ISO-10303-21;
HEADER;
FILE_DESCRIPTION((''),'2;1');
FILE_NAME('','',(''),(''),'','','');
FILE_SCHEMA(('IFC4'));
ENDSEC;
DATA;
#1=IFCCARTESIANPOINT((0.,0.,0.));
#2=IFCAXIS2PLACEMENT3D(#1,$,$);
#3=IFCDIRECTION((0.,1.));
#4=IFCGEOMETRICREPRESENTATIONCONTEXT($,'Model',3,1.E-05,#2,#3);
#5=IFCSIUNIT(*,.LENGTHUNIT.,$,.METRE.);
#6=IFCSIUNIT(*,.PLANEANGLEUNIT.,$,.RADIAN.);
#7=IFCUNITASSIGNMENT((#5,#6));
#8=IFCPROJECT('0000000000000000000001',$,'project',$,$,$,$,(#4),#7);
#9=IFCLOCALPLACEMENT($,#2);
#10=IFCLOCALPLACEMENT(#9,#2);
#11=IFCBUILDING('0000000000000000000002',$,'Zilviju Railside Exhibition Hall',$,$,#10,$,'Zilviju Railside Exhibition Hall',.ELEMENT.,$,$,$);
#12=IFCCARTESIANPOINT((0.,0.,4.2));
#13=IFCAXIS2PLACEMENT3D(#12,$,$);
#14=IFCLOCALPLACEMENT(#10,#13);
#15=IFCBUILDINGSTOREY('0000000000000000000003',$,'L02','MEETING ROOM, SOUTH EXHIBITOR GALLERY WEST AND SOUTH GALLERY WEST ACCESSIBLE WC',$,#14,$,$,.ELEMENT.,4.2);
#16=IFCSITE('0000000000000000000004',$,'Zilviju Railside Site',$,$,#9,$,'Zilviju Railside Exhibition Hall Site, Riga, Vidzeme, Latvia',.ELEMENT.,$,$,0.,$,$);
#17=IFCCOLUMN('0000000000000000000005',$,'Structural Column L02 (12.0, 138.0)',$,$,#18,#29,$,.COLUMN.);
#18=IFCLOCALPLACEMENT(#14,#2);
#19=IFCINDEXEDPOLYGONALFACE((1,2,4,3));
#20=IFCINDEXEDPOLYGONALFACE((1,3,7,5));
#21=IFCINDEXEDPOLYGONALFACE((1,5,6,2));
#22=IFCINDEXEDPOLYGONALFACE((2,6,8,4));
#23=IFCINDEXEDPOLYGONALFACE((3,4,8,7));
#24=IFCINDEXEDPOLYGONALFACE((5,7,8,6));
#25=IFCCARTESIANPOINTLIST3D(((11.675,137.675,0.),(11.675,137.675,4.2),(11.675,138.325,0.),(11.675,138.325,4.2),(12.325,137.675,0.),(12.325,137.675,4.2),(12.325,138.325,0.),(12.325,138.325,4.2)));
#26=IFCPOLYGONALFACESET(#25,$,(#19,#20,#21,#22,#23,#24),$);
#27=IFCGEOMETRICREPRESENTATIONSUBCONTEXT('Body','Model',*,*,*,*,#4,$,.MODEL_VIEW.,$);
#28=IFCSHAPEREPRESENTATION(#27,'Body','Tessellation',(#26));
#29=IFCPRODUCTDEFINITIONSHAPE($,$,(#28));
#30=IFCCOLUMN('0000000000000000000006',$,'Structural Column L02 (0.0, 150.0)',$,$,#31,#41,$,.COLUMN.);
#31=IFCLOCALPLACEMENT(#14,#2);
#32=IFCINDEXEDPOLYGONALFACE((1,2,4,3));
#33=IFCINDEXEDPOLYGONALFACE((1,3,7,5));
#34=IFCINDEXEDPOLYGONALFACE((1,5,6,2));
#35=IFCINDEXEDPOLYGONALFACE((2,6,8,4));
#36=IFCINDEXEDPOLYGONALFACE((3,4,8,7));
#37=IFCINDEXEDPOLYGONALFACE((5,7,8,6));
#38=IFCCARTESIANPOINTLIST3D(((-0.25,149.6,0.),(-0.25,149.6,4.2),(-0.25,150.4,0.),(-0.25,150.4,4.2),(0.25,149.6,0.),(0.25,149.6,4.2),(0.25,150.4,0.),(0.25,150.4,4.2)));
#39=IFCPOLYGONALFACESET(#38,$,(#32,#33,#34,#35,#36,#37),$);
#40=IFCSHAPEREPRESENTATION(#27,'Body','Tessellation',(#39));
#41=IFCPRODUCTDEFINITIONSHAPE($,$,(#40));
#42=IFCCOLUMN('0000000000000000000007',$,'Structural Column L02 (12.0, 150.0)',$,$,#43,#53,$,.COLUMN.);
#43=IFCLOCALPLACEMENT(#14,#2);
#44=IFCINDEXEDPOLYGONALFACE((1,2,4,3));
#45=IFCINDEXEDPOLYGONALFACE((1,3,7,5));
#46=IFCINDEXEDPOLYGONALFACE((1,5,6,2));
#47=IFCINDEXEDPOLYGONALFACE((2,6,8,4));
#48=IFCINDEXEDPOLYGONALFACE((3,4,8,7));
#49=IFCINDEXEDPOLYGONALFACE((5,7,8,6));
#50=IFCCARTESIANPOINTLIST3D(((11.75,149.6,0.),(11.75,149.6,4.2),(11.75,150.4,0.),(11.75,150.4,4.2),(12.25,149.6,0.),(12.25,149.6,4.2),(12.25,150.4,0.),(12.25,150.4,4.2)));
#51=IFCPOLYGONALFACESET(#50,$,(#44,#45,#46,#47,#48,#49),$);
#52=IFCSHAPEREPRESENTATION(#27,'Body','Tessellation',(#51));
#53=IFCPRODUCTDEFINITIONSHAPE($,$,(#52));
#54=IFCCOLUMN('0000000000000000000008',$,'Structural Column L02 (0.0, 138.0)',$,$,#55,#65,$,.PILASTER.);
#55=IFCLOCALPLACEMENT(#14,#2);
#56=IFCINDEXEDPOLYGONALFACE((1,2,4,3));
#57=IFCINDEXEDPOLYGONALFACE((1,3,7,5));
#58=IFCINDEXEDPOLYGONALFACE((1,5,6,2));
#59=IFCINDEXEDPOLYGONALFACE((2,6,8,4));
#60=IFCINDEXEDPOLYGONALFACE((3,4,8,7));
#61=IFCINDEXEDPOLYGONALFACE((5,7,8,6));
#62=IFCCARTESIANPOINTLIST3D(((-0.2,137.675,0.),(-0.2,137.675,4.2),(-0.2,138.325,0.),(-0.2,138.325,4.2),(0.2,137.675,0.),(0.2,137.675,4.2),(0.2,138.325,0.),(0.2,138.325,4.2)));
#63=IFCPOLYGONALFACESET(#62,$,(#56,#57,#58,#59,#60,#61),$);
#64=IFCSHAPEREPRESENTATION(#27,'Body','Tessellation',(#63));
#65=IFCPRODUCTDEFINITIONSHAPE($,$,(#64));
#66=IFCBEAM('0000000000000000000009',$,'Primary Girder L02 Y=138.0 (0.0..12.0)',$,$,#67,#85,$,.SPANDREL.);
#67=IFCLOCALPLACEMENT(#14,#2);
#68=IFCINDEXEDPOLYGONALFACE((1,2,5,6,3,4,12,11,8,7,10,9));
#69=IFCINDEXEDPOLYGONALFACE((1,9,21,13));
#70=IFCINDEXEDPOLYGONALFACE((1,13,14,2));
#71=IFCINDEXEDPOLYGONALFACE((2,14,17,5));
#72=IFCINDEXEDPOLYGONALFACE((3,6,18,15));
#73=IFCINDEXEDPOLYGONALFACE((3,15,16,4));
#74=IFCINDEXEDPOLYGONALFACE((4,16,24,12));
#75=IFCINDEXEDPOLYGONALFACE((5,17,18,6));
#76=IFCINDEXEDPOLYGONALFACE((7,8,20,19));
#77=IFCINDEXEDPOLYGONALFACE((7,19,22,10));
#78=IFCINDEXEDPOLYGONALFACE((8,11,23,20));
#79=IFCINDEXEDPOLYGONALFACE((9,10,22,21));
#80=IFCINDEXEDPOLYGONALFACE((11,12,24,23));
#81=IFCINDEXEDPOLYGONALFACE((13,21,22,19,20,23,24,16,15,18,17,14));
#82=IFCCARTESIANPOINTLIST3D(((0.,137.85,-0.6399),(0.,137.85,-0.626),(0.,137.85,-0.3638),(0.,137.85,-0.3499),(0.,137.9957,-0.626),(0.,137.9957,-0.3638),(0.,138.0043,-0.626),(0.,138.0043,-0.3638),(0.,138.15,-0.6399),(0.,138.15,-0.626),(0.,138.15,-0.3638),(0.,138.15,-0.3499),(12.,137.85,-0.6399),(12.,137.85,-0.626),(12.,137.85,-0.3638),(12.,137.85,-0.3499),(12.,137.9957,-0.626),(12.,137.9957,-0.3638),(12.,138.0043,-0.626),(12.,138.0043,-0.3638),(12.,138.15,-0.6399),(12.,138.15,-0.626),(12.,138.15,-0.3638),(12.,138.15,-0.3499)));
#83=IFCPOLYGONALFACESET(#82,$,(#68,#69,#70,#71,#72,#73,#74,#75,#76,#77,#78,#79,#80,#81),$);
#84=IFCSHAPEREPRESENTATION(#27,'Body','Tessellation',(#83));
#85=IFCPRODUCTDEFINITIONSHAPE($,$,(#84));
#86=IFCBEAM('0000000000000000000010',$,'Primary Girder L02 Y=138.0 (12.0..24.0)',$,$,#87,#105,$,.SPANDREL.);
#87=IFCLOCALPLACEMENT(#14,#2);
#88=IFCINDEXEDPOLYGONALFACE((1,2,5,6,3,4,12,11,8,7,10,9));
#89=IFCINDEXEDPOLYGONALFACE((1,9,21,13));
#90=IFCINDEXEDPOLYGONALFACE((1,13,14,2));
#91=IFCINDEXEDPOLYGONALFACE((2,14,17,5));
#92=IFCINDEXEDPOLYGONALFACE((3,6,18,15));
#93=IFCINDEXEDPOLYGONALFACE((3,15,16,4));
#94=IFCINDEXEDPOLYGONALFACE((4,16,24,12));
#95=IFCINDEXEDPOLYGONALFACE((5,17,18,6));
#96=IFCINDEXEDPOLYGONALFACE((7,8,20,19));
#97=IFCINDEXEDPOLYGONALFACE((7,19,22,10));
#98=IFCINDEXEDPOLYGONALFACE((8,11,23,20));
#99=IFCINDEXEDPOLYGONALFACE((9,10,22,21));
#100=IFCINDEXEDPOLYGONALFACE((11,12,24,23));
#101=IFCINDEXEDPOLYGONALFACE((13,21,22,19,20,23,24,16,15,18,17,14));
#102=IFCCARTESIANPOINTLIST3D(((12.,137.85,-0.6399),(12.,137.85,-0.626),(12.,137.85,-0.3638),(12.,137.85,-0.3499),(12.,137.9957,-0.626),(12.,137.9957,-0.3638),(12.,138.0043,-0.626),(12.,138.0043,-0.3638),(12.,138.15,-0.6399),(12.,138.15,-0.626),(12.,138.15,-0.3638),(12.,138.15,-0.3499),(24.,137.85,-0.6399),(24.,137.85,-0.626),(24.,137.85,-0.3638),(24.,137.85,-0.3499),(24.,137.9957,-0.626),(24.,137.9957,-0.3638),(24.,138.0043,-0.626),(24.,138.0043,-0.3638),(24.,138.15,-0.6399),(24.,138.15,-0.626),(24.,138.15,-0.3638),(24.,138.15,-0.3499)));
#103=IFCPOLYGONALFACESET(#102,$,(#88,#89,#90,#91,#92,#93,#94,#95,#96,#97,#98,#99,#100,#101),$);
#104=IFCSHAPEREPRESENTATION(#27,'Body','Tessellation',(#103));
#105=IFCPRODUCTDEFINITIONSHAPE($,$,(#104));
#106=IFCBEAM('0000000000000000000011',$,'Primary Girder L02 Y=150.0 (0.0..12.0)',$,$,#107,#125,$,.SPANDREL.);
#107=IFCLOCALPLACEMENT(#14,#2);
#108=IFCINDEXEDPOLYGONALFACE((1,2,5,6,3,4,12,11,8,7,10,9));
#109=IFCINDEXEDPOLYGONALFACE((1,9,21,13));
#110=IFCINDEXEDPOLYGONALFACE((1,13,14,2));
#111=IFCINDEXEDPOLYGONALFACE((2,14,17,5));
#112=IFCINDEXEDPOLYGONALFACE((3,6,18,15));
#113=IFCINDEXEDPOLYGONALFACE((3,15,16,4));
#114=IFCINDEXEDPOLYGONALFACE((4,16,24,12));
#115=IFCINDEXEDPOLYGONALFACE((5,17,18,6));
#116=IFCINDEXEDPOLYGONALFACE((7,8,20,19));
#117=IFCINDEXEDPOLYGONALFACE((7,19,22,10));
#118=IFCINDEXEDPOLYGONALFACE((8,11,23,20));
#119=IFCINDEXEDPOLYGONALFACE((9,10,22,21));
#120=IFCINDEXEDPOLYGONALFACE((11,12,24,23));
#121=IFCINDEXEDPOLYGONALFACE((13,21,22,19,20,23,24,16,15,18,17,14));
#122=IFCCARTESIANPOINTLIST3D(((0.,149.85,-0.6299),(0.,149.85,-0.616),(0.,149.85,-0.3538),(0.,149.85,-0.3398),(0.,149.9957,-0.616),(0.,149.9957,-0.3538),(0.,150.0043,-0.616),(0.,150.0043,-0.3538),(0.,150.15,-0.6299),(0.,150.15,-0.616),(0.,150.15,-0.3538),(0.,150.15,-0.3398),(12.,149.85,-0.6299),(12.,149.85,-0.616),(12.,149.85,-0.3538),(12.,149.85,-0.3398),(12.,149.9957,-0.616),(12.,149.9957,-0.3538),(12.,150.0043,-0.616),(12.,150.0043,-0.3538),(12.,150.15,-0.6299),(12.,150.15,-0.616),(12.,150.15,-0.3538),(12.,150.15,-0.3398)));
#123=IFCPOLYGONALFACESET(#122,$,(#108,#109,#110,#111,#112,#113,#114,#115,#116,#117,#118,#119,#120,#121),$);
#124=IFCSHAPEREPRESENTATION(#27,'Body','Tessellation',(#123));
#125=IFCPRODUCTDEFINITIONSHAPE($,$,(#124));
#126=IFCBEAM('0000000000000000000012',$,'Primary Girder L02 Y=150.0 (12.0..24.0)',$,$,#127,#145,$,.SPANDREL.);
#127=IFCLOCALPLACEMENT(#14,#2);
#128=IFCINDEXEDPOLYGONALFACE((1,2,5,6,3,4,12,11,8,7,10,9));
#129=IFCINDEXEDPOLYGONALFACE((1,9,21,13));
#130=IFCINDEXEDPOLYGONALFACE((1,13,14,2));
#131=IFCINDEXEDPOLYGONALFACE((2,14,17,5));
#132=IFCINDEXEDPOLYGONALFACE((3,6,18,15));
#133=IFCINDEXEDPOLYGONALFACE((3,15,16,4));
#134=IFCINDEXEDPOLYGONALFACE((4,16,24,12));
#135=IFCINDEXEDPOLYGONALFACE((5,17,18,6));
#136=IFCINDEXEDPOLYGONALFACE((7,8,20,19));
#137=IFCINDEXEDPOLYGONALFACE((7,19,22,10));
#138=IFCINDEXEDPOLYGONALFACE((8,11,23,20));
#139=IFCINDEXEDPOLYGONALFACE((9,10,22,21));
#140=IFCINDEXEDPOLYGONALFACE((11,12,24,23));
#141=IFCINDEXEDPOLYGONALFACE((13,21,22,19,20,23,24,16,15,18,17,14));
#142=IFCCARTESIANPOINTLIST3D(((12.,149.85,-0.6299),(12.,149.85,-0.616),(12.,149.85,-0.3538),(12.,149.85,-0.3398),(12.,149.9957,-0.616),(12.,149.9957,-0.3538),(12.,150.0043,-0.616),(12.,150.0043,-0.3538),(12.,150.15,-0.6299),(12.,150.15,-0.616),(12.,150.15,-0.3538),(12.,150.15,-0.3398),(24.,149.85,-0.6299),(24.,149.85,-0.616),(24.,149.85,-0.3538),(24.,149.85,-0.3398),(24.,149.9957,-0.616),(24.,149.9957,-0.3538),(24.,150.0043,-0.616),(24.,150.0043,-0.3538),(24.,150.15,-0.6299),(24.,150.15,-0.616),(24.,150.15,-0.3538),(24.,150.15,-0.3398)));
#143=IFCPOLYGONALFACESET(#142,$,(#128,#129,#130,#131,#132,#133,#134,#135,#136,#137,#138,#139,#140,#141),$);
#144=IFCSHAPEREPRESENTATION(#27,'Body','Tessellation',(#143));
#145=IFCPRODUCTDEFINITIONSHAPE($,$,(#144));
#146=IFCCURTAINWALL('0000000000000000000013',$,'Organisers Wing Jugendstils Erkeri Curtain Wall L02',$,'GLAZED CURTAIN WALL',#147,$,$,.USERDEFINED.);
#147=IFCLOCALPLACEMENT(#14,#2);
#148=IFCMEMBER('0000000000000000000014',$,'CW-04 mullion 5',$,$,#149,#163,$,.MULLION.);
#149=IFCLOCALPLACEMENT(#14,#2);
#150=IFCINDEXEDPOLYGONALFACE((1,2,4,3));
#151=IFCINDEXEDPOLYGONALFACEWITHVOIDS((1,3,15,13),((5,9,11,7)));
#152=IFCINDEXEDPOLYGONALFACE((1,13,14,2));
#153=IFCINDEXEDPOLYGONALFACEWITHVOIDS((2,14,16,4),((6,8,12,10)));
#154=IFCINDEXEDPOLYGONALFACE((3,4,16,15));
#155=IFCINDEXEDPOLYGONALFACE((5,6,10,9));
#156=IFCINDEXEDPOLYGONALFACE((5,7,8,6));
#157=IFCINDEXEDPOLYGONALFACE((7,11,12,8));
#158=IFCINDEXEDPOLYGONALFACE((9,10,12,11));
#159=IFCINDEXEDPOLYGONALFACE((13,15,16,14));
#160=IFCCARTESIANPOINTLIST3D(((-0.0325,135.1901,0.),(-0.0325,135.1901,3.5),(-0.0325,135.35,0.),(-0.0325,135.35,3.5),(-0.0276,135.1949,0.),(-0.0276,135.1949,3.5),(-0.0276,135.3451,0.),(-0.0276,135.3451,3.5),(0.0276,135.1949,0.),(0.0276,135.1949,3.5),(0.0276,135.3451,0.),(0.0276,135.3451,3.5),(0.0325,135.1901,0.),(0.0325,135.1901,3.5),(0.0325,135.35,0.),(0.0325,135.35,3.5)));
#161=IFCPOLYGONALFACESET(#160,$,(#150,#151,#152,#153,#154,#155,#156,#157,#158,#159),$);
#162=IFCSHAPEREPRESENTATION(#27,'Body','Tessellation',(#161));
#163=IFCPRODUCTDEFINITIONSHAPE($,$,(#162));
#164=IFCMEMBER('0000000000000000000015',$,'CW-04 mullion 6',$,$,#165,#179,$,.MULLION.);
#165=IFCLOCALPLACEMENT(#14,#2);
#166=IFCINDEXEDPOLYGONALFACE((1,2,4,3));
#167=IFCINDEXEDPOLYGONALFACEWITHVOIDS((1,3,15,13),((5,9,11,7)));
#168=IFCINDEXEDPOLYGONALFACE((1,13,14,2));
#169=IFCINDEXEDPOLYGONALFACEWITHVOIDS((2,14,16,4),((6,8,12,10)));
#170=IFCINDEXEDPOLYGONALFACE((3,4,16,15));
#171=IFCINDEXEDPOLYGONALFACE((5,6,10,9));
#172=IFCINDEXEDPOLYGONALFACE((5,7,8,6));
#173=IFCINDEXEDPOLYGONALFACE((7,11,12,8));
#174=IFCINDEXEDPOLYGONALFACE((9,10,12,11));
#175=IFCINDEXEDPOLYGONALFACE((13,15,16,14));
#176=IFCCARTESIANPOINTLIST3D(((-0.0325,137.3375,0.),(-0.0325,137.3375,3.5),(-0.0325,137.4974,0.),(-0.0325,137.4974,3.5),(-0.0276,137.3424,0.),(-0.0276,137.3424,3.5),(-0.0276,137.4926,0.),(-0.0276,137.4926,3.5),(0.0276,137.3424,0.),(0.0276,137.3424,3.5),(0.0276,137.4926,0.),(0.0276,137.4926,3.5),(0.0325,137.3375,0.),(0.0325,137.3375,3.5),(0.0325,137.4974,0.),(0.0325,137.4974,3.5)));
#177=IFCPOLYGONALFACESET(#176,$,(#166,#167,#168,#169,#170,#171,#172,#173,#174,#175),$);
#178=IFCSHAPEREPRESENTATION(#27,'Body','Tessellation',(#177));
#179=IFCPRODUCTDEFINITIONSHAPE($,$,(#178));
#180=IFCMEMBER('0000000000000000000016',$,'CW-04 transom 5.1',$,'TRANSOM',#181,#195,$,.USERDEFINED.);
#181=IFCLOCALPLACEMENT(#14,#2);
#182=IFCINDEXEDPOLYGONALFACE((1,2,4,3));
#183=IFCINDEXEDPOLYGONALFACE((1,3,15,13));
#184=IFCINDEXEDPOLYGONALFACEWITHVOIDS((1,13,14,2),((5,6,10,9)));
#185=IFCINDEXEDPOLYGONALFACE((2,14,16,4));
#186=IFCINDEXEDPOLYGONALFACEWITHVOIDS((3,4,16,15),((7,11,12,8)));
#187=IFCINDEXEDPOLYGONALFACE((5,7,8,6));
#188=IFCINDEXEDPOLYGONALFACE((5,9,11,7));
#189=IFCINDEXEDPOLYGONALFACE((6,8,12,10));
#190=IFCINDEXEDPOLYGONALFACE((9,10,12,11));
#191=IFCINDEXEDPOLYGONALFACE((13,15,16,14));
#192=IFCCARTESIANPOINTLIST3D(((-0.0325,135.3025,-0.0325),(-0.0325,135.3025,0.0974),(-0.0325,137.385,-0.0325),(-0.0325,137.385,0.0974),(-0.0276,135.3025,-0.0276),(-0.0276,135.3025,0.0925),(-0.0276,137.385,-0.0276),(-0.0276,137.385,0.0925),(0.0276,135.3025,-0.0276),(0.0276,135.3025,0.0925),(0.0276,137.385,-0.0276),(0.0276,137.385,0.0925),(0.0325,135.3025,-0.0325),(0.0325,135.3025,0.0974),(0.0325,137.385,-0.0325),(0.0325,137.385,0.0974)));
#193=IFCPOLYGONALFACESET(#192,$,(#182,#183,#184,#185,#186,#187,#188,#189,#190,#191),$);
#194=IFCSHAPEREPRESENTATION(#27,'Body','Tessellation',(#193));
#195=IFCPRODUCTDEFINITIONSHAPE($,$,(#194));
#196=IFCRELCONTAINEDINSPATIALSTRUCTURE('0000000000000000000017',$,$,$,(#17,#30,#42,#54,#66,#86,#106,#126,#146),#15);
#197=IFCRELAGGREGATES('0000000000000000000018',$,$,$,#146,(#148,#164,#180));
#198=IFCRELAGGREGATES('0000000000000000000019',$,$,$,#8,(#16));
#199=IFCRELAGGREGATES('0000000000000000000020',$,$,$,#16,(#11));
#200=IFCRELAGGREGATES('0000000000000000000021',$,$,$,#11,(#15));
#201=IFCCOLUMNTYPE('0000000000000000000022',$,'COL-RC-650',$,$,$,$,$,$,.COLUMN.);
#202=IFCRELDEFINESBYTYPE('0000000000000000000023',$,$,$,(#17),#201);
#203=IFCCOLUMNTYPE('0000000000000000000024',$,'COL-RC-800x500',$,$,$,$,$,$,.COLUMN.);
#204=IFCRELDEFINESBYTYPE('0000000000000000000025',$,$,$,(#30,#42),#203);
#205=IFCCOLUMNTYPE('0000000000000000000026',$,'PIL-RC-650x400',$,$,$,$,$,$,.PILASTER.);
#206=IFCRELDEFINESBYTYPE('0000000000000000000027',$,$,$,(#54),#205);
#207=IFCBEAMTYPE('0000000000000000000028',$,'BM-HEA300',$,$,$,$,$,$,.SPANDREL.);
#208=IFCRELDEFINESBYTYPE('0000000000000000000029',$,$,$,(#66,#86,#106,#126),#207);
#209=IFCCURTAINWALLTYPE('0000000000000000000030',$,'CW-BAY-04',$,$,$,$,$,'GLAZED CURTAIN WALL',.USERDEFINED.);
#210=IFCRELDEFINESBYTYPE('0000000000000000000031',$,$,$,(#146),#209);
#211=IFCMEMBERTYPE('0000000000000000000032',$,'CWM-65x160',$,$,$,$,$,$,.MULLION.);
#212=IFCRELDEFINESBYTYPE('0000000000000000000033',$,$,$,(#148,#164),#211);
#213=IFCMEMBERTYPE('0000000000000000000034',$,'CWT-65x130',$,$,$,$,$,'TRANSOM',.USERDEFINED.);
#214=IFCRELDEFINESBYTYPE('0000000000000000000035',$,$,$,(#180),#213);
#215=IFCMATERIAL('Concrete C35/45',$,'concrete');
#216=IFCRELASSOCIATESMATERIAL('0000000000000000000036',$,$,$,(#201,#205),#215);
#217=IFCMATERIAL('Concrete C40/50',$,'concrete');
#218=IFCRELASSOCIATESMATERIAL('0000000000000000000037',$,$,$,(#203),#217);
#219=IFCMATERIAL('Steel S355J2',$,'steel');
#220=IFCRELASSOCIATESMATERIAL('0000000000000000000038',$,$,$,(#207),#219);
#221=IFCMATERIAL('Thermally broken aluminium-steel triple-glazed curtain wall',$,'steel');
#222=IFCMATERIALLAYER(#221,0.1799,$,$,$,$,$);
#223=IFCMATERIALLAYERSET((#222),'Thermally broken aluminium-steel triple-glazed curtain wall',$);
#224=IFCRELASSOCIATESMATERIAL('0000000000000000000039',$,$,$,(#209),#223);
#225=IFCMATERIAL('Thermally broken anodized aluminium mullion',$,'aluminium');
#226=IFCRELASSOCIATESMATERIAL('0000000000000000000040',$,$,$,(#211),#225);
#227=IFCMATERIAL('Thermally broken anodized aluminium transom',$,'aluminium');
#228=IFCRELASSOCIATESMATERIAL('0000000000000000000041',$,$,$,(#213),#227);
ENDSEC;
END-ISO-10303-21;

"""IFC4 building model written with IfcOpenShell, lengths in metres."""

from ifc_helpers import new_model, si_unit, direction, frame, origin, origin_2d, place, context, subcontext, project, spatial, rectangle, hollow_rectangle, i_section, extrude, material, layer, layer_set, material_profile, profile_set, type_object, element, aggregate, save


model = new_model("IFC4")

# Units and contexts
model_context = context("Model", 3, precision=1e-05, world=origin(), true_north=direction((0.0, 1.0)))
body_context = subcontext(model_context, "Body", "Model", "MODEL_VIEW")
ifc_project = project(units=[si_unit("LENGTHUNIT", "METRE"), si_unit("PLANEANGLEUNIT", "RADIAN")], contexts=[model_context])

# Site, building, storey
site_placement = place(None, origin())
site = spatial("IfcSite", under=ifc_project, at=site_placement, Name="Zilviju Railside Site", LongName="Zilviju Railside Exhibition Hall Site, Riga, Vidzeme, Latvia", CompositionType="ELEMENT", RefElevation=0.0)
building_placement = place(site_placement, origin())
building = spatial("IfcBuilding", under=site, at=building_placement, Name="Zilviju Railside Exhibition Hall", LongName="Zilviju Railside Exhibition Hall", CompositionType="ELEMENT")
storey_placement = place(building_placement, frame((0.0, 0.0, 4.2)))
storey = spatial("IfcBuildingStorey", under=building, at=storey_placement, Name="L02", Description="MEETING ROOM, SOUTH EXHIBITOR GALLERY WEST AND SOUTH GALLERY WEST ACCESSIBLE WC", CompositionType="ELEMENT", Elevation=4.2)

# Columns
ifc_material_1 = material(Name="Concrete C35/45", Category="concrete")
ifc_material_profile_1 = material_profile(ifc_material_1, rectangle(XDim=0.6499, YDim=0.6499, at=origin_2d()), Name="RC COL 650x650")
ifc_profile_set_1 = profile_set([ifc_material_profile_1], Name="Concrete C35/45")
column_type_1 = type_object("IfcColumnType", Name="COL-RC-650", PredefinedType="COLUMN", material=ifc_profile_set_1)
column_1_placement = place(storey_placement, frame((12.0, 138.0, 0.0), z_axis=(0.0, 0.0, 1.0), x_axis=(1.0, 0.0, 0.0)))
element("IfcColumn", 1, at=column_1_placement, inside=storey, type_object=column_type_1, Name="Structural Column L02 (12.0, 138.0)", PredefinedType="COLUMN", context=body_context, shape_type="SweptSolid", body=[
    extrude(rectangle(XDim=0.6499, YDim=0.6499, at=origin_2d()), origin(), (0.0, 0.0, 1.0), 4.2),
])
ifc_material_2 = material(Name="Concrete C40/50", Category="concrete")
ifc_material_profile_2 = material_profile(ifc_material_2, rectangle(XDim=0.5, YDim=0.8, at=origin_2d()), Name="RC COL 500x800")
ifc_profile_set_2 = profile_set([ifc_material_profile_2], Name="Concrete C40/50")
column_type_2 = type_object("IfcColumnType", Name="COL-RC-800x500", PredefinedType="COLUMN", material=ifc_profile_set_2)
for number, where, z_axis, x_axis, name in (
    (2, (0.0, 150.0, 0.0), (0.0, 0.0, 1.0), (1.0, 0.0, 0.0), "Structural Column L02 (0.0, 150.0)"),
    (3, (12.0, 150.0, 0.0), (0.0, 0.0, 1.0), (1.0, 0.0, 0.0), "Structural Column L02 (12.0, 150.0)"),
):
    element("IfcColumn", number, at=place(storey_placement, frame(where, z_axis=z_axis, x_axis=x_axis)), inside=storey, type_object=column_type_2, Name=name, PredefinedType="COLUMN", context=body_context, shape_type="SweptSolid", body=[
        extrude(rectangle(XDim=0.5, YDim=0.8, at=origin_2d()), origin(), (0.0, 0.0, 1.0), 4.2),
    ])
ifc_material_profile_3 = material_profile(ifc_material_1, rectangle(XDim=0.3999, YDim=0.6499, at=origin_2d()), Name="RC COL 400x650")
ifc_profile_set_3 = profile_set([ifc_material_profile_3], Name="Concrete C35/45")
column_type_3 = type_object("IfcColumnType", Name="PIL-RC-650x400", PredefinedType="PILASTER", material=ifc_profile_set_3)
column_2_placement = place(storey_placement, frame((0.0, 138.0, 0.0), z_axis=(0.0, 0.0, 1.0), x_axis=(1.0, 0.0, 0.0)))
element("IfcColumn", 4, at=column_2_placement, inside=storey, type_object=column_type_3, Name="Structural Column L02 (0.0, 138.0)", PredefinedType="PILASTER", context=body_context, shape_type="SweptSolid", body=[
    extrude(rectangle(XDim=0.3999, YDim=0.6499, at=origin_2d()), origin(), (0.0, 0.0, 1.0), 4.2),
])

# Beams
ifc_material_3 = material(Name="Steel S355J2", Category="steel")
ifc_material_profile_4 = material_profile(ifc_material_3, i_section(OverallWidth=0.3, OverallDepth=0.29, WebThickness=0.0085, FlangeThickness=0.0139, at=origin_2d()), Name="HEA 300")
ifc_profile_set_4 = profile_set([ifc_material_profile_4], Name="Steel S355J2")
beam_type = type_object("IfcBeamType", Name="BM-HEA300", PredefinedType="SPANDREL", material=ifc_profile_set_4)
for number, where, z_axis, x_axis, name in (
    (5, (0.0, 138.0, -0.4949), (1.0, 0.0, 0.0), (0.0, 1.0, 0.0), "Primary Girder L02 Y=138.0 (0.0..12.0)"),
    (6, (12.0, 138.0, -0.4949), (1.0, 0.0, 0.0), (0.0, 1.0, 0.0), "Primary Girder L02 Y=138.0 (12.0..24.0)"),
    (7, (0.0, 150.0, -0.4849), (1.0, 0.0, 0.0), (0.0, 1.0, 0.0), "Primary Girder L02 Y=150.0 (0.0..12.0)"),
    (8, (12.0, 150.0, -0.4849), (1.0, 0.0, 0.0), (0.0, 1.0, 0.0), "Primary Girder L02 Y=150.0 (12.0..24.0)"),
):
    element("IfcBeam", number, at=place(storey_placement, frame(where, z_axis=z_axis, x_axis=x_axis)), inside=storey, type_object=beam_type, Name=name, PredefinedType="SPANDREL", context=body_context, shape_type="SweptSolid", body=[
        extrude(i_section(OverallWidth=0.3, OverallDepth=0.29, WebThickness=0.0085, FlangeThickness=0.0139, at=origin_2d()), origin(), (0.0, 0.0, 1.0), 12.0),
    ])

# Curtain wall, members
ifc_material_4 = material(Name="Thermally broken aluminium-steel triple-glazed curtain wall", Category="steel")
ifc_layer_1 = layer(ifc_material_4, 0.1799)
ifc_layer_set_1 = layer_set([ifc_layer_1], Name="Thermally broken aluminium-steel triple-glazed curtain wall")
curtain_wall_type = type_object("IfcCurtainWallType", Name="CW-BAY-04", ElementType="GLAZED CURTAIN WALL", PredefinedType="USERDEFINED", material=ifc_layer_set_1)
curtain_wall_placement = place(storey_placement, origin())
curtain_wall = element("IfcCurtainWall", 9, at=curtain_wall_placement, inside=storey, type_object=curtain_wall_type, Name="Organisers Wing Jugendstils Erkeri Curtain Wall L02", ObjectType="GLAZED CURTAIN WALL", PredefinedType="USERDEFINED")
ifc_material_5 = material(Name="Thermally broken anodized aluminium mullion", Category="aluminium")
ifc_material_profile_5 = material_profile(ifc_material_5, hollow_rectangle(XDim=0.0649, YDim=0.1599, WallThickness=0.0049, at=origin_2d()), Name="MULLION 160x65x5")
ifc_profile_set_5 = profile_set([ifc_material_profile_5], Name="Thermally broken anodized aluminium mullion")
member_type_1 = type_object("IfcMemberType", Name="CWM-65x160", PredefinedType="MULLION", material=ifc_profile_set_5)
member_1_placement = place(storey_placement, frame((0.0, 135.27, 0.0), z_axis=(0.0, 0.0, 1.0), x_axis=(-1.0, 0.0, 0.0)))
member_1 = element("IfcMember", 10, at=member_1_placement, type_object=member_type_1, Name="CW-04 mullion 5", PredefinedType="MULLION", context=body_context, shape_type="SweptSolid", body=[
    extrude(hollow_rectangle(XDim=0.0649, YDim=0.1599, WallThickness=0.0049, at=origin_2d()), origin(), (0.0, 0.0, 1.0), 3.5),
])
member_2_placement = place(storey_placement, frame((0.0, 137.4175, 0.0), z_axis=(0.0, 0.0, 1.0), x_axis=(-1.0, 0.0, 0.0)))
member_2 = element("IfcMember", 11, at=member_2_placement, type_object=member_type_1, Name="CW-04 mullion 6", PredefinedType="MULLION", context=body_context, shape_type="SweptSolid", body=[
    extrude(hollow_rectangle(XDim=0.0649, YDim=0.1599, WallThickness=0.0049, at=origin_2d()), origin(), (0.0, 0.0, 1.0), 3.5),
])
ifc_material_6 = material(Name="Thermally broken anodized aluminium transom", Category="aluminium")
ifc_material_profile_6 = material_profile(ifc_material_6, hollow_rectangle(XDim=0.0649, YDim=0.1299, WallThickness=0.0049, at=origin_2d()), Name="TRANSOM 130x65x5")
ifc_profile_set_6 = profile_set([ifc_material_profile_6], Name="Thermally broken anodized aluminium transom")
member_type_2 = type_object("IfcMemberType", Name="CWT-65x130", ElementType="TRANSOM", PredefinedType="USERDEFINED", material=ifc_profile_set_6)
member_3_placement = place(storey_placement, frame((0.0, 135.3025, 0.0325), z_axis=(0.0, 1.0, 0.0), x_axis=(-1.0, 0.0, 0.0)))
member_3 = element("IfcMember", 12, at=member_3_placement, type_object=member_type_2, Name="CW-04 transom 5.1", ObjectType="TRANSOM", PredefinedType="USERDEFINED", context=body_context, shape_type="SweptSolid", body=[
    extrude(hollow_rectangle(XDim=0.0649, YDim=0.1299, WallThickness=0.0049, at=origin_2d()), origin(), (0.0, 0.0, 1.0), 2.0825),
])
aggregate(curtain_wall, [member_1, member_2, member_3])

save(model, "model.ifc")
